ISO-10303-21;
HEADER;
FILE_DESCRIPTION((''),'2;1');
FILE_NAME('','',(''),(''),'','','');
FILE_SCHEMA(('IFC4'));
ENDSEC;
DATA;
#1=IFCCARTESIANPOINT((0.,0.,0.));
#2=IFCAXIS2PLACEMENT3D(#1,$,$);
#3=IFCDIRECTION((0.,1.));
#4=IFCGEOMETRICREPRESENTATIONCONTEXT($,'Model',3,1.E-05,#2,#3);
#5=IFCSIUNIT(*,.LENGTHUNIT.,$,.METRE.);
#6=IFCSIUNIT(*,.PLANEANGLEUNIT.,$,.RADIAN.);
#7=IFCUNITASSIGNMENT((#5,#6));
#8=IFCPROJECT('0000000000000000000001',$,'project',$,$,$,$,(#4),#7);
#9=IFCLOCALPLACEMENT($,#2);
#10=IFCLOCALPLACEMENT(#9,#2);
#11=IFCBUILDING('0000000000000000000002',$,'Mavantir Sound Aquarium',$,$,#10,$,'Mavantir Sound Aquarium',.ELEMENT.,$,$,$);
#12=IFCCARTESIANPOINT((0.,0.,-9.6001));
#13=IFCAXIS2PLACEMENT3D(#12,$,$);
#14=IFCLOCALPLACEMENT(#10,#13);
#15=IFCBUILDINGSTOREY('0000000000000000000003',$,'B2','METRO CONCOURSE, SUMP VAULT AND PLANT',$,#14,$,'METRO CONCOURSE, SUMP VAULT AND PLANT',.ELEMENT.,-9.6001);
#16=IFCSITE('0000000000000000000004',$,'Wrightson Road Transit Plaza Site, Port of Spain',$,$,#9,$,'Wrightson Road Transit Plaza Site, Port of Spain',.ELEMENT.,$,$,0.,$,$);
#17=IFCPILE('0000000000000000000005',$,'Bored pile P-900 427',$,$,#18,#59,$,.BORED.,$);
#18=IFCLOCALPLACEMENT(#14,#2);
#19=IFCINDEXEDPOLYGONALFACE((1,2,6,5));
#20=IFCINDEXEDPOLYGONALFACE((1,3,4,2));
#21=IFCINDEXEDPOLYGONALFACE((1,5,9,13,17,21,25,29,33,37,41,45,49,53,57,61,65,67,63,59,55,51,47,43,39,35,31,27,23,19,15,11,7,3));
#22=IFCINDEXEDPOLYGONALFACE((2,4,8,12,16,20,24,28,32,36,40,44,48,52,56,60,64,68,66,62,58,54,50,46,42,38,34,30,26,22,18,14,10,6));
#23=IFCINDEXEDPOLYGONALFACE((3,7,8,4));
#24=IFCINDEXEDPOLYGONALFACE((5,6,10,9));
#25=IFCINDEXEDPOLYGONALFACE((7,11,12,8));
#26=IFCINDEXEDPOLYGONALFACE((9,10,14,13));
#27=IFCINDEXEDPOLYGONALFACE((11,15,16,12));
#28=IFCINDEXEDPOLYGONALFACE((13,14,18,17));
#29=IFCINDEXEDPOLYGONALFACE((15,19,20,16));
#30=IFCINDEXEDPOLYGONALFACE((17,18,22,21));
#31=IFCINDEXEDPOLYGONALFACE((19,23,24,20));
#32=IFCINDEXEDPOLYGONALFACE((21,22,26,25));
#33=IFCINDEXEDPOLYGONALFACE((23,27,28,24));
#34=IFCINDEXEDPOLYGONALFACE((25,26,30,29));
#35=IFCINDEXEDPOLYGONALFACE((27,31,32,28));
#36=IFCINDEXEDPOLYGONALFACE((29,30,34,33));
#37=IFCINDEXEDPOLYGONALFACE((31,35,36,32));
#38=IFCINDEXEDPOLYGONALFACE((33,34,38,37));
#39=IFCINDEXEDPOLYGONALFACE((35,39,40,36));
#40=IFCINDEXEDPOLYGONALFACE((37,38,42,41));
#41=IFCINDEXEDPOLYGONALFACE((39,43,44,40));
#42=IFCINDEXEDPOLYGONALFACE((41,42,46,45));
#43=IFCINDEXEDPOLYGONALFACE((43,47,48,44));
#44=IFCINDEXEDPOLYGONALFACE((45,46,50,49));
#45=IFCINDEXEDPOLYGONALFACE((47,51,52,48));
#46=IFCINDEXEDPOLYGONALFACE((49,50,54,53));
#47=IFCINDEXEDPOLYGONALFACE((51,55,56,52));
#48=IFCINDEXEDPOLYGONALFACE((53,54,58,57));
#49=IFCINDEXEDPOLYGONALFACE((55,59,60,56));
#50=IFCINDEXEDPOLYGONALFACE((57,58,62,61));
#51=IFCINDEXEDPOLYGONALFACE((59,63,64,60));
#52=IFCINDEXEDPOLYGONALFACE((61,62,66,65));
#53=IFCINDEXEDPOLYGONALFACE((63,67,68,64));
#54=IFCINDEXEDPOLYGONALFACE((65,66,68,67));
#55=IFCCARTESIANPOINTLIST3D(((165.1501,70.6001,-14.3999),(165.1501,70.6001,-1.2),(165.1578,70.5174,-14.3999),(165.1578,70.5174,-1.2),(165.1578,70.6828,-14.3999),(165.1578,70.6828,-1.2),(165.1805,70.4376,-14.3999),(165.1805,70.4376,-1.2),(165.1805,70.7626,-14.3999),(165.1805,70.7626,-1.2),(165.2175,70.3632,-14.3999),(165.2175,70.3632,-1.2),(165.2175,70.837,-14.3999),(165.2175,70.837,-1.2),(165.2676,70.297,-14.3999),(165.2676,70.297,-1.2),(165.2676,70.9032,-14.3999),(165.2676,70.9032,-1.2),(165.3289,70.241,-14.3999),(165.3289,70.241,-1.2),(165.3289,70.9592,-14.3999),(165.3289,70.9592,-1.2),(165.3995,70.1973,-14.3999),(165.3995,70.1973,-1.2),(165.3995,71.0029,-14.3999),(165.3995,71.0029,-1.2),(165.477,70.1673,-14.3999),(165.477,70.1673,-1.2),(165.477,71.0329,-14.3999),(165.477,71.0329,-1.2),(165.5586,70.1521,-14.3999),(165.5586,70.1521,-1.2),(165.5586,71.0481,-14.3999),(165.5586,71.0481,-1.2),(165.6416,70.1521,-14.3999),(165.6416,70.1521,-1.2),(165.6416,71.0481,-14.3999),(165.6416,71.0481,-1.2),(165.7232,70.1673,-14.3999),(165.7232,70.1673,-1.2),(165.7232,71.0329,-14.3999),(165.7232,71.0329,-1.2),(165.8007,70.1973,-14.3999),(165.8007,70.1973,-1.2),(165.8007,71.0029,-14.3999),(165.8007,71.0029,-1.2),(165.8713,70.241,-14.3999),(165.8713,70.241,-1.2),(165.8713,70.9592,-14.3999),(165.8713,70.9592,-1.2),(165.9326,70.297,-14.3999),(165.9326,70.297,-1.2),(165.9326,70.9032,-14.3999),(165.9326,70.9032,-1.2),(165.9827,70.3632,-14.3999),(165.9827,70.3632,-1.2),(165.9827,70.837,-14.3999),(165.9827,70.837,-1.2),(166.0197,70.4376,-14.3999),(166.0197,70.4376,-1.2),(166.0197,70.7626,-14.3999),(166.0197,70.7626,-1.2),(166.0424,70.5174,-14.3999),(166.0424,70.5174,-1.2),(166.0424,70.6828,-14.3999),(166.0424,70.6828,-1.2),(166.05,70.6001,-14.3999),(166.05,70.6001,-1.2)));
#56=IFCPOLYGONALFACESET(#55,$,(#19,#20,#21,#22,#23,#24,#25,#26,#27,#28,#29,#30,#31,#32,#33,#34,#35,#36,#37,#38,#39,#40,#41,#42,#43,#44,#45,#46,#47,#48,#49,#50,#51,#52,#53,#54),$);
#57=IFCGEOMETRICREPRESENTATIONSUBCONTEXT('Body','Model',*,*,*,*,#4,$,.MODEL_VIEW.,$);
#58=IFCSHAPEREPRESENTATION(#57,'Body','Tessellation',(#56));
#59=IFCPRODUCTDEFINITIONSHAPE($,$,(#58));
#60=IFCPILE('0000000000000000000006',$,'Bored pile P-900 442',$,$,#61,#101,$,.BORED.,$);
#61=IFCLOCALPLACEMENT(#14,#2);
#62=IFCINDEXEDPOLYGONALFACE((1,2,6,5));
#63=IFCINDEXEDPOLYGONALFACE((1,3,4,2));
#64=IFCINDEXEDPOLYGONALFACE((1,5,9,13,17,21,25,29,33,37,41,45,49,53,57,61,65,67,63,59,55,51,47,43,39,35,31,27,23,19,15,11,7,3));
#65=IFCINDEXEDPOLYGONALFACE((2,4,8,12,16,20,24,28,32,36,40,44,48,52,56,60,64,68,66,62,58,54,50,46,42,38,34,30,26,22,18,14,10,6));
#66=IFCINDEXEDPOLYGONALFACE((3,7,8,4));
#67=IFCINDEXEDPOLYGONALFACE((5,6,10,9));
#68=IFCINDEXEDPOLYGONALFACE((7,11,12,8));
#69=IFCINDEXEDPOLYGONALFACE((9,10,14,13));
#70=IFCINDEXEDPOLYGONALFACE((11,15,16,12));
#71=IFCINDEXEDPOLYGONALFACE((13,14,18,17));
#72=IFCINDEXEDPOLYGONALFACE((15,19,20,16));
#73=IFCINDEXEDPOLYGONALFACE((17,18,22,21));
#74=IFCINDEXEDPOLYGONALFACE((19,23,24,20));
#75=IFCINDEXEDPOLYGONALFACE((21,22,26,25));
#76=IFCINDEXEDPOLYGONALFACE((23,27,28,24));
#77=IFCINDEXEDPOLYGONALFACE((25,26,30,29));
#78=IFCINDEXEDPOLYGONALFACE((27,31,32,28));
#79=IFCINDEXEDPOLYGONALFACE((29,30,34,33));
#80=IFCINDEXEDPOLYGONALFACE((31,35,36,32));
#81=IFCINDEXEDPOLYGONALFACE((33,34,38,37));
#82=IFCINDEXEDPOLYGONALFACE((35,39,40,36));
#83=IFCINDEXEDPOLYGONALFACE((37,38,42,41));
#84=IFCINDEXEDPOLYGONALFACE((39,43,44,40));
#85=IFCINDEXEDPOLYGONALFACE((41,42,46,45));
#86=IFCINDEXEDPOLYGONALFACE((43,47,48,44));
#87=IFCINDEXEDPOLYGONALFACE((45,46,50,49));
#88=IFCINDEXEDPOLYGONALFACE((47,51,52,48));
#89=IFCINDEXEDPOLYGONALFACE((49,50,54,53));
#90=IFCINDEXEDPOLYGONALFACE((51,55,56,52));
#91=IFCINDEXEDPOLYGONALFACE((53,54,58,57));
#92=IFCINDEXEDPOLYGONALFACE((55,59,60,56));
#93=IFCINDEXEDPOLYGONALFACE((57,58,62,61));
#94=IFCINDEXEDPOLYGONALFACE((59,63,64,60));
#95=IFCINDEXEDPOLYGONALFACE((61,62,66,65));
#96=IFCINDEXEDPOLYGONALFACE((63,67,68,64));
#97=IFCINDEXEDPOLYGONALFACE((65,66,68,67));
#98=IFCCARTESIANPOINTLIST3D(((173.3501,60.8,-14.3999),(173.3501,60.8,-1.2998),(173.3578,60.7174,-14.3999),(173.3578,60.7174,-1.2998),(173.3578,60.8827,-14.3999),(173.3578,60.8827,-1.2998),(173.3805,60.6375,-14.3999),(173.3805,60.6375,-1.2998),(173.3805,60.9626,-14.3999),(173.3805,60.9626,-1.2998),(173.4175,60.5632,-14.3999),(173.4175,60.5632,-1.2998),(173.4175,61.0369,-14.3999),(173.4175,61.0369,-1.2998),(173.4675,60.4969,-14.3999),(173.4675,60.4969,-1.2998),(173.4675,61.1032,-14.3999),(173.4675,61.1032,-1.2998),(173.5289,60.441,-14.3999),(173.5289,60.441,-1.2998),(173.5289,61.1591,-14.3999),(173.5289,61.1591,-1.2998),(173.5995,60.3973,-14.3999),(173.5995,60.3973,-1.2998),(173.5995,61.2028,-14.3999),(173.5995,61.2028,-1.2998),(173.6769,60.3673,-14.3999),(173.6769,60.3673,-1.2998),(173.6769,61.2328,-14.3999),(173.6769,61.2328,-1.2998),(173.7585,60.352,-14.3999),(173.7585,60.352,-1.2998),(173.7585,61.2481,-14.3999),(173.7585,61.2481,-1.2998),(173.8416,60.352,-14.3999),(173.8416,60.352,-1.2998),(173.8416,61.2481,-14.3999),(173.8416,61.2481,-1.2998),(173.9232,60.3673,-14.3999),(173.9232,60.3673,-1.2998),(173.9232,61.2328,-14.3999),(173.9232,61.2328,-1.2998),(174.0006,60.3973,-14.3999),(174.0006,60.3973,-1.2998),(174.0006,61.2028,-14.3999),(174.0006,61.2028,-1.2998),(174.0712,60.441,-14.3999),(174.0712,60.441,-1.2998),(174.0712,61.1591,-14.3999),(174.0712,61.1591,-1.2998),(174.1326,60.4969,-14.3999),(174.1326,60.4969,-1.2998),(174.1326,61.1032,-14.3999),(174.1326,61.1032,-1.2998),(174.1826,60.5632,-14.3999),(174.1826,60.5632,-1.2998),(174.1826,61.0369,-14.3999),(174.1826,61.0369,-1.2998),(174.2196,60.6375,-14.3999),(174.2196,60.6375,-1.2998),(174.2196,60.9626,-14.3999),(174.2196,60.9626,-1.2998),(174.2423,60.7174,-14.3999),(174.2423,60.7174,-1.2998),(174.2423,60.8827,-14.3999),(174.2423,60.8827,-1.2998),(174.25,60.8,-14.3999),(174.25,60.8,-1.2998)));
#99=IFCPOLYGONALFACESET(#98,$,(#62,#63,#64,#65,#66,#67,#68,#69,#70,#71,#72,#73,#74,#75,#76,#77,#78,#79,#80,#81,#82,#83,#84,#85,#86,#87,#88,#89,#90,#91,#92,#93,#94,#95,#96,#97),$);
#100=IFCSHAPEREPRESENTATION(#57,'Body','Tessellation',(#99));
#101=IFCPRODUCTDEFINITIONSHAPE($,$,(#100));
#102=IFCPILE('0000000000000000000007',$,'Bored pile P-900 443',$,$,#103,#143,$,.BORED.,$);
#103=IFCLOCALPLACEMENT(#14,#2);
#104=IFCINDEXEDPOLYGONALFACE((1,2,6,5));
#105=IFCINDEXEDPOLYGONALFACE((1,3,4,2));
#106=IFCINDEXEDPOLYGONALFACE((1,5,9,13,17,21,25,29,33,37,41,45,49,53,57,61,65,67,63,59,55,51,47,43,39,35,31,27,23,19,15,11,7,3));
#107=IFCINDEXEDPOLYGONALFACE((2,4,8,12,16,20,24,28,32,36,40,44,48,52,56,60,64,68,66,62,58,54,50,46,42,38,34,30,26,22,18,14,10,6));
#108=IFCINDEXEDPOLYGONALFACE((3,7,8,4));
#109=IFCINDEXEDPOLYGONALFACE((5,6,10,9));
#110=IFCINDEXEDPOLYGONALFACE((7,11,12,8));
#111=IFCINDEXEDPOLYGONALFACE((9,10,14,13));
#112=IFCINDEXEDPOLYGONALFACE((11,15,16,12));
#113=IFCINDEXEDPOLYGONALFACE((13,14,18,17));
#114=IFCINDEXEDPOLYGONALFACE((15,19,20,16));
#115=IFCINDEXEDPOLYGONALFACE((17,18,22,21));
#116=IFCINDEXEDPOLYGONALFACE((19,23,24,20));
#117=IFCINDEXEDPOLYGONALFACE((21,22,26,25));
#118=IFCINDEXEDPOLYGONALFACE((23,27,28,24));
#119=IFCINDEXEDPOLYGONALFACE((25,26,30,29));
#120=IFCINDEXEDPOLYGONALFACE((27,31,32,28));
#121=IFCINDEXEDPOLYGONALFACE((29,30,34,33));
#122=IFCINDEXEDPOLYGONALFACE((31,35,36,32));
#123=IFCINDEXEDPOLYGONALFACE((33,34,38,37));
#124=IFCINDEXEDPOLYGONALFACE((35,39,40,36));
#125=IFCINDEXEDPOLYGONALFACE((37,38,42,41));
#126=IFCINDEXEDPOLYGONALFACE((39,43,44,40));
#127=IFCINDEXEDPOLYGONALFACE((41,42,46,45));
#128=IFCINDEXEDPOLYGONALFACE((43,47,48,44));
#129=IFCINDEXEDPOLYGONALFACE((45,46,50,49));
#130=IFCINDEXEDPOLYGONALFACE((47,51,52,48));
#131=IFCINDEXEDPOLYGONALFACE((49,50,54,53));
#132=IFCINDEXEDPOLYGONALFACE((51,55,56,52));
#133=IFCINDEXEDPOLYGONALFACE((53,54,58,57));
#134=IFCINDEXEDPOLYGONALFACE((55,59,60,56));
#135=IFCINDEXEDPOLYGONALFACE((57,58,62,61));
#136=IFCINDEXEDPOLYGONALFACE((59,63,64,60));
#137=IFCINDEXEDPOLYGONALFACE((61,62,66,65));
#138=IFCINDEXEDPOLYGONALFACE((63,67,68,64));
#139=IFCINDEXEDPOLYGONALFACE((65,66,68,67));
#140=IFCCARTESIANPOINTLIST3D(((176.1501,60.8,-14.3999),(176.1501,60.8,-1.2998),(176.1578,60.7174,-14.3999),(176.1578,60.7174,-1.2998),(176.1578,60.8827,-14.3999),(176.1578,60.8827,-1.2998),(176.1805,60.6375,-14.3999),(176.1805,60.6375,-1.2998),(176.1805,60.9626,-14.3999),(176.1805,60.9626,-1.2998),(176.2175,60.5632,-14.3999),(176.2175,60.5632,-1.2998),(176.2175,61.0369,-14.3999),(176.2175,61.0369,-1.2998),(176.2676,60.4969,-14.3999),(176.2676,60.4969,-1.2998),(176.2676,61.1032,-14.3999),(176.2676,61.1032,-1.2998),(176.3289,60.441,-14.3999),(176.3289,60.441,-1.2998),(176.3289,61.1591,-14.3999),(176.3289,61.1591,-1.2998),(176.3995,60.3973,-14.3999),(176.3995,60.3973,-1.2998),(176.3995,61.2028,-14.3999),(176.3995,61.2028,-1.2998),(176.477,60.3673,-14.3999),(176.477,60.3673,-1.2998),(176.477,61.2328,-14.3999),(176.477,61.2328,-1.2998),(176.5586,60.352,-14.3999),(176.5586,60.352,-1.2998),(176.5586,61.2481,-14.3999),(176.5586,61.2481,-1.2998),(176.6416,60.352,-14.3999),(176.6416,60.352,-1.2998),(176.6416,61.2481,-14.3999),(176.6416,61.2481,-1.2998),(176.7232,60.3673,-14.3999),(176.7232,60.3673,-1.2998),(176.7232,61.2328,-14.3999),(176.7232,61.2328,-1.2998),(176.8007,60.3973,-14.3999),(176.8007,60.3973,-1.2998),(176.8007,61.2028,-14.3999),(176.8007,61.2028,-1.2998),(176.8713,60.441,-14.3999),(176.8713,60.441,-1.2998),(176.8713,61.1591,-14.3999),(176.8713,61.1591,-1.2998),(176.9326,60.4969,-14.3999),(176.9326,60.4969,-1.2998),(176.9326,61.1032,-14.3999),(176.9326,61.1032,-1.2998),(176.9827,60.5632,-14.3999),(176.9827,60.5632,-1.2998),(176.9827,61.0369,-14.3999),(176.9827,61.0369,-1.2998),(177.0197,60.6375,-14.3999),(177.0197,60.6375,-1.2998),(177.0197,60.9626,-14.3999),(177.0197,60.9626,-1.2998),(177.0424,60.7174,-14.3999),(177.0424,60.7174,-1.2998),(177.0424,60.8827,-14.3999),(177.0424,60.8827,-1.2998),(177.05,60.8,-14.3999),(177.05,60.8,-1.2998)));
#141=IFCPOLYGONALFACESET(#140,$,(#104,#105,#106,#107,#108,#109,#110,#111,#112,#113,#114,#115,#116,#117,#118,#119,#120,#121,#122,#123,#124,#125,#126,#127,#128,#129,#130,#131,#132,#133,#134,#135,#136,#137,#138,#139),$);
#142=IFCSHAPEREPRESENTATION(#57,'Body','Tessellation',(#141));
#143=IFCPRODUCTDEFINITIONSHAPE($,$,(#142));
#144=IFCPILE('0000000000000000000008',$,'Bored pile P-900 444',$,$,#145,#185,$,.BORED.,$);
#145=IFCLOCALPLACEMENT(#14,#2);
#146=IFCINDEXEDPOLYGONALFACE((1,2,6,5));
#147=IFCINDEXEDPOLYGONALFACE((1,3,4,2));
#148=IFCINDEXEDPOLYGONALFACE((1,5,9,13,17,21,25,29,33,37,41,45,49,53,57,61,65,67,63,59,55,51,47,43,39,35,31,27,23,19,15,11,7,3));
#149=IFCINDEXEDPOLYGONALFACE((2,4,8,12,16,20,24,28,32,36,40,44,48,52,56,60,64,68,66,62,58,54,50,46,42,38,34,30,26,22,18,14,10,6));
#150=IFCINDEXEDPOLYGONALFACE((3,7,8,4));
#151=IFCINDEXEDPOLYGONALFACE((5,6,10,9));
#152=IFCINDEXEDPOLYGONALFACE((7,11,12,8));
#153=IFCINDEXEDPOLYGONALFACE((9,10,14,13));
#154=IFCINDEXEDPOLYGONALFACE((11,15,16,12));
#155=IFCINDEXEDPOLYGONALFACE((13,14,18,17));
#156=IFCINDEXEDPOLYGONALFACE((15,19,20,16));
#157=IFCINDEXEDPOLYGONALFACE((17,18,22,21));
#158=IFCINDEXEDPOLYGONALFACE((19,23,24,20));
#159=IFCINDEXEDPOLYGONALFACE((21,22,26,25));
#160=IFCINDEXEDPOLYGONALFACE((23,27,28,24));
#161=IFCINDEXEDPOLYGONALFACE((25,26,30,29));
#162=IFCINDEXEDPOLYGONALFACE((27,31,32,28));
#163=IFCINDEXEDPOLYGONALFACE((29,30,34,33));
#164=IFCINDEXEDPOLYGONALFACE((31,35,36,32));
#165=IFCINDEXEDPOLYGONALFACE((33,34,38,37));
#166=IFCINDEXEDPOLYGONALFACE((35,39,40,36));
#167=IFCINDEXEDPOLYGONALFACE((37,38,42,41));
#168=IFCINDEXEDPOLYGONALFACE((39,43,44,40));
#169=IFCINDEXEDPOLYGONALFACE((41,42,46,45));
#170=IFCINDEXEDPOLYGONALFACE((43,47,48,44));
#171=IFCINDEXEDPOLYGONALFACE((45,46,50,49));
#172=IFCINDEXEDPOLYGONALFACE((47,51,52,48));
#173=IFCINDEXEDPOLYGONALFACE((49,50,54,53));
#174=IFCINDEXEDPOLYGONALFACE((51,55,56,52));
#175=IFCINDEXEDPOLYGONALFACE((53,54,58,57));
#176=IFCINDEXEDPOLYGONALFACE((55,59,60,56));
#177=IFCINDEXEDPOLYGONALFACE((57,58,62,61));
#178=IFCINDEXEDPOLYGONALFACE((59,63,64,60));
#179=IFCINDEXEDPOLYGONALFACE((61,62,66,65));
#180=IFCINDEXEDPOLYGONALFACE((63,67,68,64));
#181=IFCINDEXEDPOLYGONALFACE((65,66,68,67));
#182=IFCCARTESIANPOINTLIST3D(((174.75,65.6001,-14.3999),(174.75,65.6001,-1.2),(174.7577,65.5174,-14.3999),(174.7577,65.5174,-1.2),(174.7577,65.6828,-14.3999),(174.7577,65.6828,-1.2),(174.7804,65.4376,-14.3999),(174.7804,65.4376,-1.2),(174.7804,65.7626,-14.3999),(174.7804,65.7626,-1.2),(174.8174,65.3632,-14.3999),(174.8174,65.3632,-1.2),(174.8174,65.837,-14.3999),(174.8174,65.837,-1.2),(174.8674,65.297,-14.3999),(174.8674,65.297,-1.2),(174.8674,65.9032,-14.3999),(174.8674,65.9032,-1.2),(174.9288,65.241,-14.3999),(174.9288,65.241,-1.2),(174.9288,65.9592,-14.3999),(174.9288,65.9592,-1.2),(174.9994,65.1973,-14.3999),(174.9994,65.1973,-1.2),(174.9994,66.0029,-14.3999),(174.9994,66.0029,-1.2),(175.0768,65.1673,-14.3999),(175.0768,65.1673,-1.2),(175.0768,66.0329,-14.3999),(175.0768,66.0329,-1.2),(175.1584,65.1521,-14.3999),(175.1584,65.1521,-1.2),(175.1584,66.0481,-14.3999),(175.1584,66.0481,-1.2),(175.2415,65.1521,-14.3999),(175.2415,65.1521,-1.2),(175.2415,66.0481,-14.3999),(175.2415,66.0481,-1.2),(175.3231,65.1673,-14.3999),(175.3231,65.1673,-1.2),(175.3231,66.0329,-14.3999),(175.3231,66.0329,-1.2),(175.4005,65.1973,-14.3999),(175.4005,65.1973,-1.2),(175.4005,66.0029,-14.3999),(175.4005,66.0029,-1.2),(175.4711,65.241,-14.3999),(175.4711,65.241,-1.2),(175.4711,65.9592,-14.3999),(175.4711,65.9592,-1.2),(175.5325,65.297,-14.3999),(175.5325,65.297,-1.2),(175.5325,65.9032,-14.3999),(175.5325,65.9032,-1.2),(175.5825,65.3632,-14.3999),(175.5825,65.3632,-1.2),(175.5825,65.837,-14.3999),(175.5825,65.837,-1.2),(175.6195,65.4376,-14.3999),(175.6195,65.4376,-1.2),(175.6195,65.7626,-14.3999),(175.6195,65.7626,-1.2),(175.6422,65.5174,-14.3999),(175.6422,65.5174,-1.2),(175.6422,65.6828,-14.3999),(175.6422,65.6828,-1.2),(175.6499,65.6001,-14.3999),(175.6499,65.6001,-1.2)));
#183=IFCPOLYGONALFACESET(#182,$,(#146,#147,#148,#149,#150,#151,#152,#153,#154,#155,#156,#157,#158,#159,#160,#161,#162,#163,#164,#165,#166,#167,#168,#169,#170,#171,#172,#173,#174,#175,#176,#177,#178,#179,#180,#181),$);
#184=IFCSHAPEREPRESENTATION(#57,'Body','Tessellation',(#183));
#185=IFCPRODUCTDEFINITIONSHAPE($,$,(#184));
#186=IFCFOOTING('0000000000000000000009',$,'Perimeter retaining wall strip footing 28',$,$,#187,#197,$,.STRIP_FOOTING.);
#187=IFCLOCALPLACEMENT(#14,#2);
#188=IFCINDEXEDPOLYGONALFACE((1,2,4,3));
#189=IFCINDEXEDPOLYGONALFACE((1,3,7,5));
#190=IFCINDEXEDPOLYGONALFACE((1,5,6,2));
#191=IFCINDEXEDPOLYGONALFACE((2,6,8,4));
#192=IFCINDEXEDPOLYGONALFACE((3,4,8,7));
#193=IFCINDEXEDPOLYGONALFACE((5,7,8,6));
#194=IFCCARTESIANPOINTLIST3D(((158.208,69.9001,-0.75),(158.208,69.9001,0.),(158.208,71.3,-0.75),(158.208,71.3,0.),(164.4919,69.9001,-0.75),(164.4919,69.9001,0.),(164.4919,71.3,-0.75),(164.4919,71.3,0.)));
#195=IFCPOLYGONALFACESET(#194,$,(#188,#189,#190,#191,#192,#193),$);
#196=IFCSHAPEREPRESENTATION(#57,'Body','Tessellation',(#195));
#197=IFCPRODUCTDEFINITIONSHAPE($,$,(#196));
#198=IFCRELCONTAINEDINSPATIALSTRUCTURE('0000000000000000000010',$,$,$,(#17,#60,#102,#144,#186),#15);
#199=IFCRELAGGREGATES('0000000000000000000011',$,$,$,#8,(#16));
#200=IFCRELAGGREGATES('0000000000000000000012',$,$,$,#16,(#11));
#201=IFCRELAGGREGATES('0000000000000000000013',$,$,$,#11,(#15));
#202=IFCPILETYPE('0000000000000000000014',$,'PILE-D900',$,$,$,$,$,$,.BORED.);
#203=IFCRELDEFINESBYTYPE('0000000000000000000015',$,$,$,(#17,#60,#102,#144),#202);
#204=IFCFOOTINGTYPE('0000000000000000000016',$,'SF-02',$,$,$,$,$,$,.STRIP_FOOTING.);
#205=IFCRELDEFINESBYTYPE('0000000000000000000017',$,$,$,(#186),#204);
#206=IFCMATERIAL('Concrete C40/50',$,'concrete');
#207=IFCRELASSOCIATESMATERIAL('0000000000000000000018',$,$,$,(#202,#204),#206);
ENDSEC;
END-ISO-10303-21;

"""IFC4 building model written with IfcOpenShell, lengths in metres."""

from ifc_helpers import new_model, si_unit, direction, frame, origin, origin_2d, place, context, subcontext, project, spatial, rectangle, circle, extrude, material, material_profile, profile_set, type_object, element, save


model = new_model("IFC4")

# Units and contexts
model_context = context("Model", 3, precision=1e-05, world=origin(), true_north=direction((0.0, 1.0)))
body_context = subcontext(model_context, "Body", "Model", "MODEL_VIEW")
ifc_project = project(units=[si_unit("LENGTHUNIT", "METRE"), si_unit("PLANEANGLEUNIT", "RADIAN")], contexts=[model_context])

# Site, building, storey
site_placement = place(None, origin())
site = spatial("IfcSite", under=ifc_project, at=site_placement, Name="Wrightson Road Transit Plaza Site, Port of Spain", LongName="Wrightson Road Transit Plaza Site, Port of Spain", CompositionType="ELEMENT", RefElevation=0.0)
building_placement = place(site_placement, origin())
building = spatial("IfcBuilding", under=site, at=building_placement, Name="Mavantir Sound Aquarium", LongName="Mavantir Sound Aquarium", CompositionType="ELEMENT")
storey_placement = place(building_placement, frame((0.0, 0.0, -9.6001)))
storey = spatial("IfcBuildingStorey", under=building, at=storey_placement, Name="B2", Description="METRO CONCOURSE, SUMP VAULT AND PLANT", LongName="METRO CONCOURSE, SUMP VAULT AND PLANT", CompositionType="ELEMENT", Elevation=-9.6001)

# Shared definitions
ifc_material_1 = material(Name="Concrete C40/50", Category="concrete")

# Piles
ifc_material_profile_1 = material_profile(ifc_material_1, circle(Radius=0.45, at=origin_2d()), Name="PILE D900")
ifc_profile_set_1 = profile_set([ifc_material_profile_1], Name="Concrete C40/50")
pile_type = type_object("IfcPileType", Name="PILE-D900", PredefinedType="BORED", material=ifc_profile_set_1)
pile_1_placement = place(storey_placement, frame((165.6001, 70.6001, -1.2), z_axis=(0.0, 0.0, -1.0), x_axis=(1.0, 0.0, 0.0)))
element("IfcPile", 1, at=pile_1_placement, inside=storey, type_object=pile_type, Name="Bored pile P-900 427", PredefinedType="BORED", context=body_context, shape_type="SweptSolid", body=[
    extrude(circle(Radius=0.45, at=origin_2d()), origin(), (0.0, 0.0, 1.0), 13.2),
])
for number, where, z_axis, x_axis, name in (
    (2, (173.8, 60.8, -1.2998), (0.0, 0.0, -1.0), (1.0, 0.0, 0.0), "Bored pile P-900 442"),
    (3, (176.6001, 60.8, -1.2998), (0.0, 0.0, -1.0), (1.0, 0.0, 0.0), "Bored pile P-900 443"),
):
    element("IfcPile", number, at=place(storey_placement, frame(where, z_axis=z_axis, x_axis=x_axis)), inside=storey, type_object=pile_type, Name=name, PredefinedType="BORED", context=body_context, shape_type="SweptSolid", body=[
        extrude(circle(Radius=0.45, at=origin_2d()), origin(), (0.0, 0.0, 1.0), 13.1001),
    ])
pile_2_placement = place(storey_placement, frame((175.2, 65.6001, -1.2), z_axis=(0.0, 0.0, -1.0), x_axis=(1.0, 0.0, 0.0)))
element("IfcPile", 4, at=pile_2_placement, inside=storey, type_object=pile_type, Name="Bored pile P-900 444", PredefinedType="BORED", context=body_context, shape_type="SweptSolid", body=[
    extrude(circle(Radius=0.45, at=origin_2d()), origin(), (0.0, 0.0, 1.0), 13.2),
])

# Footing
ifc_material_profile_2 = material_profile(ifc_material_1, rectangle(XDim=1.3999, YDim=0.75, at=origin_2d()), Name="RC 1400X750")
ifc_profile_set_2 = profile_set([ifc_material_profile_2], Name="Concrete C40/50")
footing_type_1 = type_object("IfcFootingType", Name="SF-02", PredefinedType="STRIP_FOOTING", material=ifc_profile_set_2)
footing_1_placement = place(storey_placement, frame((158.208, 70.6001, -0.375), z_axis=(1.0, 0.0, 0.0), x_axis=(0.0, 1.0, 0.0)))
element("IfcFooting", 5, at=footing_1_placement, inside=storey, type_object=footing_type_1, Name="Perimeter retaining wall strip footing 28", PredefinedType="STRIP_FOOTING", context=body_context, shape_type="SweptSolid", body=[
    extrude(rectangle(XDim=1.3999, YDim=0.75, at=origin_2d()), origin(), (0.0, 0.0, 1.0), 6.2839),
])

save(model, "model.ifc")
